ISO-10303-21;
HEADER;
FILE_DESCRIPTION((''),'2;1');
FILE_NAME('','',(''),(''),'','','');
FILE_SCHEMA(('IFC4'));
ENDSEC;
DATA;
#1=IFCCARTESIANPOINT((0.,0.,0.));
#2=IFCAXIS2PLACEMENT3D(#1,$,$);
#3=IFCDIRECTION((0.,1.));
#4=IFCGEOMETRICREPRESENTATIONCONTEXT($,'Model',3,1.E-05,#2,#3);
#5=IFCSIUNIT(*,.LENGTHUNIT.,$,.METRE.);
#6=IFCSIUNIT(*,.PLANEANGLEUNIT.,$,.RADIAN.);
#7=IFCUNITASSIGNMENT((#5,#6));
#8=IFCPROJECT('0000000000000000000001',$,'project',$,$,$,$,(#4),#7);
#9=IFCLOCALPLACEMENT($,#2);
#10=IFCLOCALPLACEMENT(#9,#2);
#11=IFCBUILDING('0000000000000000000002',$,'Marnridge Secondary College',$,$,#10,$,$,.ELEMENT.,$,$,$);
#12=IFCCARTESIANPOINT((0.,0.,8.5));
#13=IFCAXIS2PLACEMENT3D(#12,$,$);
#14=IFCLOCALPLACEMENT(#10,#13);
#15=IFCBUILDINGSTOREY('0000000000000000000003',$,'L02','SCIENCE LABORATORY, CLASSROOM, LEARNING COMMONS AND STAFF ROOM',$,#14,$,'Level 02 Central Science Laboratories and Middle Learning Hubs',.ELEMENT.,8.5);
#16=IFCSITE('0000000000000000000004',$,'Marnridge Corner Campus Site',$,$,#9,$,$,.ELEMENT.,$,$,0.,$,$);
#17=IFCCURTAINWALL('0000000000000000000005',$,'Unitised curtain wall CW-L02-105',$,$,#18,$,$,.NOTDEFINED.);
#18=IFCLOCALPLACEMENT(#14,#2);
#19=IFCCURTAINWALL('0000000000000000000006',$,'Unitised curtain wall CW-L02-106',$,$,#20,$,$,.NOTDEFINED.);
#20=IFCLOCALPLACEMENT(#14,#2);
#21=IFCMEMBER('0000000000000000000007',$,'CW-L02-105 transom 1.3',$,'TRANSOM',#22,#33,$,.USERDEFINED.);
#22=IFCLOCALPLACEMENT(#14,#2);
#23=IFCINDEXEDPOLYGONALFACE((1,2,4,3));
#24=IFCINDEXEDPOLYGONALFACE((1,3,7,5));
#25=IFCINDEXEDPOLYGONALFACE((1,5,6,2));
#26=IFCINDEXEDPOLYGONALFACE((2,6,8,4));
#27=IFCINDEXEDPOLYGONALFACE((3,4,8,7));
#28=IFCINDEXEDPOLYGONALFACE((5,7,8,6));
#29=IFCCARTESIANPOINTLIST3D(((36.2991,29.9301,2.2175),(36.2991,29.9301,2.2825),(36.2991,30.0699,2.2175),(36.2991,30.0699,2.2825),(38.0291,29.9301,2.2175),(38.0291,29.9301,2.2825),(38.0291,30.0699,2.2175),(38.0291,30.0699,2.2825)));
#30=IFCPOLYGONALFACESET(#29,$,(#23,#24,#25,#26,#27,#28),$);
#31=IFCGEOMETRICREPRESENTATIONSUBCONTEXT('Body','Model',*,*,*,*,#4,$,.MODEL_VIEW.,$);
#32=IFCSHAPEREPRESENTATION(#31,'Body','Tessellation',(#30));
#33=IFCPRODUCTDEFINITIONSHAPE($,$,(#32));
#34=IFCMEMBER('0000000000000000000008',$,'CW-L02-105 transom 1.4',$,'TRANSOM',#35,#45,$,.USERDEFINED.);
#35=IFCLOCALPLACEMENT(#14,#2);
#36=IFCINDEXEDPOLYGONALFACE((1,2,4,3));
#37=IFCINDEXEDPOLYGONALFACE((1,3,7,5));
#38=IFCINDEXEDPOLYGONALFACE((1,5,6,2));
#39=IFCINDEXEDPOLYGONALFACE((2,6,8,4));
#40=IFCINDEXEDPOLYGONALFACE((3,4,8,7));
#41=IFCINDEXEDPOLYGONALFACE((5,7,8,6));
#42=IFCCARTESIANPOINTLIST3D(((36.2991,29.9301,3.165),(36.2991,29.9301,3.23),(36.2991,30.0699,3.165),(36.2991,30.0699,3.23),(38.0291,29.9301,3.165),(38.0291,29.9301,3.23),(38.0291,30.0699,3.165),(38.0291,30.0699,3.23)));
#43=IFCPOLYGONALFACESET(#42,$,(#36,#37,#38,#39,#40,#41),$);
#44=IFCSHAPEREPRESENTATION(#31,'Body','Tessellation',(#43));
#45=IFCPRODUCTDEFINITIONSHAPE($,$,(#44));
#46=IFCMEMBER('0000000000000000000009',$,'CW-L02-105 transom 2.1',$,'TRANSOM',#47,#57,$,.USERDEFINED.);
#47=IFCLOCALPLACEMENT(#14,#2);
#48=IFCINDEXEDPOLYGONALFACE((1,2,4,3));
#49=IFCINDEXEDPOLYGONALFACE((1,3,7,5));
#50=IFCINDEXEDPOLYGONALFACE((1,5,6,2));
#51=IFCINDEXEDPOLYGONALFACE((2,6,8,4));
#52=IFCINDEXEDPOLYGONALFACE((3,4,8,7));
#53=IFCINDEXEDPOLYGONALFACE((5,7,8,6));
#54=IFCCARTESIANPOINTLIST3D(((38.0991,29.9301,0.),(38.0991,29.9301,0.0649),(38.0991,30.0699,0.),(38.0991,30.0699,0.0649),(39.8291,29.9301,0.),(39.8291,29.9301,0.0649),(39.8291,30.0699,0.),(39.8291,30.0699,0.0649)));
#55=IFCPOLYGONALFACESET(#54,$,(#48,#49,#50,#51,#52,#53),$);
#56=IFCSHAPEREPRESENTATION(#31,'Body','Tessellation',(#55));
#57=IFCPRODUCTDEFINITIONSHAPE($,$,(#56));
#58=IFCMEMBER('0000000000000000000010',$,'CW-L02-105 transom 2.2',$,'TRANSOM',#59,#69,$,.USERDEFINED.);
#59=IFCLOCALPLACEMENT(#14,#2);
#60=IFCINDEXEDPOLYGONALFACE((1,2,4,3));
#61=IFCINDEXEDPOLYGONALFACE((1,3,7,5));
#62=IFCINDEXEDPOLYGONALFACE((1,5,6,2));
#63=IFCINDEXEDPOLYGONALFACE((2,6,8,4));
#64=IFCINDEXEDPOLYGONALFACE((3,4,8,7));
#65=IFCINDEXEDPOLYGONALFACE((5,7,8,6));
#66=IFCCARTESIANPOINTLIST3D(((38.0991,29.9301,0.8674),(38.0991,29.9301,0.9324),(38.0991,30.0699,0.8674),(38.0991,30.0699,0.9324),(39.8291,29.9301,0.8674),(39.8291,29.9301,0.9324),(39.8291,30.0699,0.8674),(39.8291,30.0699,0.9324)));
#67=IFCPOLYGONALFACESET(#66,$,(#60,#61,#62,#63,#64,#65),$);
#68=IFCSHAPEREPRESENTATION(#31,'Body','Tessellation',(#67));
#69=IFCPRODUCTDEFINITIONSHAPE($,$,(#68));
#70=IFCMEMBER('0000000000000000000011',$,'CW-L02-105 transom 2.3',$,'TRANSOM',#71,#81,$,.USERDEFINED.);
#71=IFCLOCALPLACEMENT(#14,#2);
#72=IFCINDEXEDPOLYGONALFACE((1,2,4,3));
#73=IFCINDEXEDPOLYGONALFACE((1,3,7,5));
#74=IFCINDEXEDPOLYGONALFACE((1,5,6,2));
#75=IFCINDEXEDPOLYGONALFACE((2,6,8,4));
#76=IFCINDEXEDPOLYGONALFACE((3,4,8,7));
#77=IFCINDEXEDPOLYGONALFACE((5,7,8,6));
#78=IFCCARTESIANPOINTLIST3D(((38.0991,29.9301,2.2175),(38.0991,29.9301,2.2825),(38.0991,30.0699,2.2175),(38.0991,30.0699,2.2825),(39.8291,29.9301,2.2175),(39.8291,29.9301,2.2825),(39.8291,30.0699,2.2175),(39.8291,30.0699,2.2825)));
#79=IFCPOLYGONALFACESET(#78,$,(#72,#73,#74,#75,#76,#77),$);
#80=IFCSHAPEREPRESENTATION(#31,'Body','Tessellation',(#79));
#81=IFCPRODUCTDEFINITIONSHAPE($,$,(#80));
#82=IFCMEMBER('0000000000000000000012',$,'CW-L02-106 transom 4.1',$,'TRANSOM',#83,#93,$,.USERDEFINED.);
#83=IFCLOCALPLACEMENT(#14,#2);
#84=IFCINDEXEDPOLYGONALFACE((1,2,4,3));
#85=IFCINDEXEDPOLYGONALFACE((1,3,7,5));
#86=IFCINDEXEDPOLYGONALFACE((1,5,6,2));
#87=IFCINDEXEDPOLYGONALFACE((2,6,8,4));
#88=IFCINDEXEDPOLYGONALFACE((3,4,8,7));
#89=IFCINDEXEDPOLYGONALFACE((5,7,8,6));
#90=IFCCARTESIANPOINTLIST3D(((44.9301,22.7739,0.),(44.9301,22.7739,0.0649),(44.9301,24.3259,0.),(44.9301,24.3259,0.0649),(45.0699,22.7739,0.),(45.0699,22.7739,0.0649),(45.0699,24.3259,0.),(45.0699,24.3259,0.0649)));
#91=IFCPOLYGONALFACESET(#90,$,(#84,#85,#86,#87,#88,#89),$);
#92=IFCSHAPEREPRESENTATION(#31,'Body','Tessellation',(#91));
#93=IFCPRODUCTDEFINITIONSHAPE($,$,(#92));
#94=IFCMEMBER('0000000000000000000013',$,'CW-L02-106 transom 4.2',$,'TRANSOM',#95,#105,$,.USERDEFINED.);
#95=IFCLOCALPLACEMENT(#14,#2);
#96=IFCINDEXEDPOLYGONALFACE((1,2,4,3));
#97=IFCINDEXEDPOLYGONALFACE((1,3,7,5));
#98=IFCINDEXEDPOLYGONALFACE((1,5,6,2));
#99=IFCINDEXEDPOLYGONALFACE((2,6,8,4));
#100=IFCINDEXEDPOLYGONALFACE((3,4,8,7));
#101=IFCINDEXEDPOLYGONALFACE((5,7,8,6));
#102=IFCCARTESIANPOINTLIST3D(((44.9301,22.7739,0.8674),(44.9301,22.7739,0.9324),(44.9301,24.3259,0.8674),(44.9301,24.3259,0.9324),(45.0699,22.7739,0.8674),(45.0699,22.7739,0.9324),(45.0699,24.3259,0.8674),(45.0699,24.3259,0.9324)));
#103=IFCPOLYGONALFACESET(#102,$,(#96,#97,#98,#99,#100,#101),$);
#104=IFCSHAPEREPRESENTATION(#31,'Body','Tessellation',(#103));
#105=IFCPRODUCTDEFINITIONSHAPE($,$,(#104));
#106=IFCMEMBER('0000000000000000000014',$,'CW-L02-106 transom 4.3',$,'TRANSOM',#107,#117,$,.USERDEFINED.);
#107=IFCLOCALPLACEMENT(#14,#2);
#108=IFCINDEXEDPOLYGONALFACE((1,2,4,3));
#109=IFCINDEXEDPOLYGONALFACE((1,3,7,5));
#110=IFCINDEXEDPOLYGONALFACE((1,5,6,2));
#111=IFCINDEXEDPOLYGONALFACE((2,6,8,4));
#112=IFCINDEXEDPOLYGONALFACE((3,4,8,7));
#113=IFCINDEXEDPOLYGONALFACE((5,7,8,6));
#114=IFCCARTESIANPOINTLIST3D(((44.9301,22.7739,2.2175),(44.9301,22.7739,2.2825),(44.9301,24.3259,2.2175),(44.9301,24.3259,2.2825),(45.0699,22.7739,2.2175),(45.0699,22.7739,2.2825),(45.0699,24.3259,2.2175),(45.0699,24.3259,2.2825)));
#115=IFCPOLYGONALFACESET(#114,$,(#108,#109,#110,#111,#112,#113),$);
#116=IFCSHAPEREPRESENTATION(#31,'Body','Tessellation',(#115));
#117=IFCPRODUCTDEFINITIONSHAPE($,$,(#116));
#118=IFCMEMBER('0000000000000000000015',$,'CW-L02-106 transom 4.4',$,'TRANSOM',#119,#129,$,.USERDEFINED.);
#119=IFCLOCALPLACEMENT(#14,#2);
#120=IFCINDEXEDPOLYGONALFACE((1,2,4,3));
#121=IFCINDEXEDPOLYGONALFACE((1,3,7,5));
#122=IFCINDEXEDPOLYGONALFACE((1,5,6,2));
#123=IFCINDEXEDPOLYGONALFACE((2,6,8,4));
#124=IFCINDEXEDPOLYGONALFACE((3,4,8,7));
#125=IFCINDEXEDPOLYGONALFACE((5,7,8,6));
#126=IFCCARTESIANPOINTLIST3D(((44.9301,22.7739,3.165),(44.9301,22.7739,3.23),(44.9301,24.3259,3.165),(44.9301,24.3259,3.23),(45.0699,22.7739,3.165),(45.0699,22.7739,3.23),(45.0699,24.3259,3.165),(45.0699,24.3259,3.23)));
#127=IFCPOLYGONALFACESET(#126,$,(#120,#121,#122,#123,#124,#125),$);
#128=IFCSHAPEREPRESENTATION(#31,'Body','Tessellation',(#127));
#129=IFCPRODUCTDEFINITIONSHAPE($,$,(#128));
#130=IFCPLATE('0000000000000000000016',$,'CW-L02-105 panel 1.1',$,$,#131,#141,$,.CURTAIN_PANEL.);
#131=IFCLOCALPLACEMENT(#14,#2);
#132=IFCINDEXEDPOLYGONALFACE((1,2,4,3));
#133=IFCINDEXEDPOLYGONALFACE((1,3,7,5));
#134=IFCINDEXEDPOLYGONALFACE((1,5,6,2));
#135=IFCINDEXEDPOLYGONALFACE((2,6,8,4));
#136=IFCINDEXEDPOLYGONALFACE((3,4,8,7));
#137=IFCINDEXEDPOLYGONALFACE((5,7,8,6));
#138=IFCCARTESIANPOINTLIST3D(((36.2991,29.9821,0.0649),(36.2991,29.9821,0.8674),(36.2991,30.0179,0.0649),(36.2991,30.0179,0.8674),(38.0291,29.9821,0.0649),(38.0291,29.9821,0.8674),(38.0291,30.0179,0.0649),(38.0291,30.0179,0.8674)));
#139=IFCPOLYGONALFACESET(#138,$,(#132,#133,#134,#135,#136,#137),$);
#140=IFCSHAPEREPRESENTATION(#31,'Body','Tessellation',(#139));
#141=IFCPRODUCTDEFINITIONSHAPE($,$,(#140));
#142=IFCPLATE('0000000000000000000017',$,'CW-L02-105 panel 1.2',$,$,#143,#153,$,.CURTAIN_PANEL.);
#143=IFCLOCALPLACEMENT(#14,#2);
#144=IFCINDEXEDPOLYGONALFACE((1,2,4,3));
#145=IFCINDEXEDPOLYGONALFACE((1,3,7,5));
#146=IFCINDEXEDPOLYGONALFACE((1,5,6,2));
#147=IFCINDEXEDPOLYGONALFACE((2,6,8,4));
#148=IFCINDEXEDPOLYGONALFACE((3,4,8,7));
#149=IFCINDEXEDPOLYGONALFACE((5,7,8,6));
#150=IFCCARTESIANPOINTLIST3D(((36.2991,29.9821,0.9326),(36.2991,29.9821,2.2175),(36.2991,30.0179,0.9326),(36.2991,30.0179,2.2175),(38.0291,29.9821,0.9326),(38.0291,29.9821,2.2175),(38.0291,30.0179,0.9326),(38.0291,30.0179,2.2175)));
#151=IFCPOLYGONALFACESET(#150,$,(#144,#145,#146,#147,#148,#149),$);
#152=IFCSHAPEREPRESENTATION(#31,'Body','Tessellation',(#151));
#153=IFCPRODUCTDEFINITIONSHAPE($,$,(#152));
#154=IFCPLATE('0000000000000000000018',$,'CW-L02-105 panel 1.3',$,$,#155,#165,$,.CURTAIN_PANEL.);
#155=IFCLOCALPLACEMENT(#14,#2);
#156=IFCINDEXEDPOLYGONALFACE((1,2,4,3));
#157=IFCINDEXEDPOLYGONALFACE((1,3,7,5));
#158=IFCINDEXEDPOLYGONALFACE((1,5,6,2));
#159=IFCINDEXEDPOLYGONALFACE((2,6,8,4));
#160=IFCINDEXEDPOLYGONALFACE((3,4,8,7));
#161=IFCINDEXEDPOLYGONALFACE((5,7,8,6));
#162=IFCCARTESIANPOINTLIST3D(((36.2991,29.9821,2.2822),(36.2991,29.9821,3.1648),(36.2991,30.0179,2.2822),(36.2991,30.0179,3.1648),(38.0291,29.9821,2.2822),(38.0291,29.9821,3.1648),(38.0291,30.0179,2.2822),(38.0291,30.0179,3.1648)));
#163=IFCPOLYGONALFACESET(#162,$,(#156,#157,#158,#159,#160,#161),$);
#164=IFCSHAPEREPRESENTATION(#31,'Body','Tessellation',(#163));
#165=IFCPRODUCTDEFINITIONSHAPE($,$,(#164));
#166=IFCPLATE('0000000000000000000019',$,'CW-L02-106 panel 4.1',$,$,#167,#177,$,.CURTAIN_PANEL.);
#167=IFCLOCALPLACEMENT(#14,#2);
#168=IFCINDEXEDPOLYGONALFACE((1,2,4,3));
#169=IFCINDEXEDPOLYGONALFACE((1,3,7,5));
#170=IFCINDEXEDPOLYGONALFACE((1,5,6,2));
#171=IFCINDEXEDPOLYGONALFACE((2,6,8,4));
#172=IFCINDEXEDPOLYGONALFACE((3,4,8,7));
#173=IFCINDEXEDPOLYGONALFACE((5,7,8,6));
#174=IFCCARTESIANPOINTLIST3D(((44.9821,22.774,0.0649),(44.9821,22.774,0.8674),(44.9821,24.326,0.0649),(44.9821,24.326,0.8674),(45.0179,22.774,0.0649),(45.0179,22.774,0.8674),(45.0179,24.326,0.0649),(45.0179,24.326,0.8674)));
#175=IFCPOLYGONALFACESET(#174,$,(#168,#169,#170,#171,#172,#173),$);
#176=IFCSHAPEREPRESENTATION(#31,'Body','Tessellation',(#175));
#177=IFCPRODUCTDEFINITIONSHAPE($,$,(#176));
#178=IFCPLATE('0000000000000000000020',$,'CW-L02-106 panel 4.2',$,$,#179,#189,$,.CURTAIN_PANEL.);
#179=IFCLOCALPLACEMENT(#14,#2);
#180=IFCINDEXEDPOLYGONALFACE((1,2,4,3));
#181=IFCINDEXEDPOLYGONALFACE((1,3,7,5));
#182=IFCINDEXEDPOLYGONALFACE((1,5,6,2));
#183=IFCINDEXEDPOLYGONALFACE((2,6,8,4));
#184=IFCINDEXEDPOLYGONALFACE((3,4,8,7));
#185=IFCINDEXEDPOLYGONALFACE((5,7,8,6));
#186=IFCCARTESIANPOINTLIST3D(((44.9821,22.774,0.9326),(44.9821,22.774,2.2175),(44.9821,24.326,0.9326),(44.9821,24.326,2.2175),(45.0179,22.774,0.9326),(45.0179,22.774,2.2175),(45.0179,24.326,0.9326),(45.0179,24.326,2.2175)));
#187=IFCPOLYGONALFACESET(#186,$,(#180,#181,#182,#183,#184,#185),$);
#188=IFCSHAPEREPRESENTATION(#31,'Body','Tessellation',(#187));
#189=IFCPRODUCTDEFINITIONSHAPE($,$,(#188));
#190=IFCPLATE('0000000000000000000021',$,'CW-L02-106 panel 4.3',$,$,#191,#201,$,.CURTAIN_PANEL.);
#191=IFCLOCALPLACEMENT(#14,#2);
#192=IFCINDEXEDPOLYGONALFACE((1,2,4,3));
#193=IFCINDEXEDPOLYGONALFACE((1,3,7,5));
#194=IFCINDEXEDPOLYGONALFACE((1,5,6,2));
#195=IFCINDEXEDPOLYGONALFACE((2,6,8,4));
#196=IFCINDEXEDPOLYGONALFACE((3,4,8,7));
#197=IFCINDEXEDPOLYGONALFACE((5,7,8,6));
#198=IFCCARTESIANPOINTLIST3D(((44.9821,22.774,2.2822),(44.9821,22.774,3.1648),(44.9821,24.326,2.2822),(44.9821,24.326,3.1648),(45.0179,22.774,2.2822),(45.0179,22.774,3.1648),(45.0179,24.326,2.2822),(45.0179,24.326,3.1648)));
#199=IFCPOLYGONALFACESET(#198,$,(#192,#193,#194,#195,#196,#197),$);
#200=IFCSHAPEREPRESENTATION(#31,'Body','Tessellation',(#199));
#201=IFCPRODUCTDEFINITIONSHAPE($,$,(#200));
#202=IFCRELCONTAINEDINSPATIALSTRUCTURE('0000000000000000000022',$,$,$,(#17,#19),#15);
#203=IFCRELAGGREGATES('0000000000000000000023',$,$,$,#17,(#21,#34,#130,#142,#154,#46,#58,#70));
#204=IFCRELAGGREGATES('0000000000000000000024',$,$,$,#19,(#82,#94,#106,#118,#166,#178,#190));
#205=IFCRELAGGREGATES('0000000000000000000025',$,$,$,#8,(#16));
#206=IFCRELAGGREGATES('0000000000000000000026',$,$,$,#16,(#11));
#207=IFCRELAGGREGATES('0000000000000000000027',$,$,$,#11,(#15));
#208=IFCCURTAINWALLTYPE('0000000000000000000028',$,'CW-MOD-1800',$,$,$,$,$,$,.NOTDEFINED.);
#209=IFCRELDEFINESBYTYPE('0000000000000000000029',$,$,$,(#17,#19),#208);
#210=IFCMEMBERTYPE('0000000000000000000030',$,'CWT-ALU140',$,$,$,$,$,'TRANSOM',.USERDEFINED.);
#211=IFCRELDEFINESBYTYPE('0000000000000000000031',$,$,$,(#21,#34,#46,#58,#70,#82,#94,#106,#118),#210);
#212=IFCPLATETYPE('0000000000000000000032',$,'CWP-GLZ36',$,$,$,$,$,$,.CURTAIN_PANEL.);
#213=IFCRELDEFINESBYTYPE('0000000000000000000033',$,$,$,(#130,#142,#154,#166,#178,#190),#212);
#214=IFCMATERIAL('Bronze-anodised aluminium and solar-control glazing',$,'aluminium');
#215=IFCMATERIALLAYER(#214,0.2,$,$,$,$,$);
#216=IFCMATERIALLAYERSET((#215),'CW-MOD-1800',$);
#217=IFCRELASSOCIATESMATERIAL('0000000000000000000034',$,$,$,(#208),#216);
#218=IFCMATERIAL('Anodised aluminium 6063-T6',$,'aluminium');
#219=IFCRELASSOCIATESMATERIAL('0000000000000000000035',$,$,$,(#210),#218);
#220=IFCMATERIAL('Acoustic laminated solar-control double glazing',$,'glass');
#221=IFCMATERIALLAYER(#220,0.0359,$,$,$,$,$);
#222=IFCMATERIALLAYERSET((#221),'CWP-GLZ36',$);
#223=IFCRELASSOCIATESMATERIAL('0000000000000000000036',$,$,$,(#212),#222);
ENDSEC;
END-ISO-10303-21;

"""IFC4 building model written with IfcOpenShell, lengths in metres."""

from ifc_helpers import new_model, si_unit, direction, frame, origin, origin_2d, place, context, subcontext, project, spatial, rectangle, extrude, material, layer, layer_set, material_profile, profile_set, type_object, element, aggregate, save


model = new_model("IFC4")

# Units and contexts
model_context = context("Model", 3, precision=1e-05, world=origin(), true_north=direction((0.0, 1.0)))
body_context = subcontext(model_context, "Body", "Model", "MODEL_VIEW")
ifc_project = project(units=[si_unit("LENGTHUNIT", "METRE"), si_unit("PLANEANGLEUNIT", "RADIAN")], contexts=[model_context])

# Site, building, storey
site_placement = place(None, origin())
site = spatial("IfcSite", under=ifc_project, at=site_placement, Name="Marnridge Corner Campus Site", CompositionType="ELEMENT", RefElevation=0.0)
building_placement = place(site_placement, origin())
building = spatial("IfcBuilding", under=site, at=building_placement, Name="Marnridge Secondary College", CompositionType="ELEMENT")
storey_placement = place(building_placement, frame((0.0, 0.0, 8.5)))
storey = spatial("IfcBuildingStorey", under=building, at=storey_placement, Name="L02", Description="SCIENCE LABORATORY, CLASSROOM, LEARNING COMMONS AND STAFF ROOM", LongName="Level 02 Central Science Laboratories and Middle Learning Hubs", CompositionType="ELEMENT", Elevation=8.5)

# Curtain wall
ifc_material_1 = material(Name="Bronze-anodised aluminium and solar-control glazing", Category="aluminium")
ifc_layer_1 = layer(ifc_material_1, 0.2)
ifc_layer_set_1 = layer_set([ifc_layer_1], Name="CW-MOD-1800")
curtain_wall_type = type_object("IfcCurtainWallType", Name="CW-MOD-1800", PredefinedType="NOTDEFINED", material=ifc_layer_set_1)
curtain_wall_1_placement = place(storey_placement, origin())
curtain_wall_1 = element("IfcCurtainWall", 1, at=curtain_wall_1_placement, inside=storey, type_object=curtain_wall_type, Name="Unitised curtain wall CW-L02-105", PredefinedType="NOTDEFINED")

# Curtain wall
curtain_wall_2_placement = place(storey_placement, origin())
curtain_wall_2 = element("IfcCurtainWall", 2, at=curtain_wall_2_placement, inside=storey, type_object=curtain_wall_type, Name="Unitised curtain wall CW-L02-106", PredefinedType="NOTDEFINED")

# Members
ifc_material_2 = material(Name="Anodised aluminium 6063-T6", Category="aluminium")
ifc_material_profile_1 = material_profile(ifc_material_2, rectangle(XDim=0.0649, YDim=0.1399, at=origin_2d()), Name="ALU 65x140")
ifc_profile_set_1 = profile_set([ifc_material_profile_1], Name="Anodised aluminium 6063-T6")
member_type_1 = type_object("IfcMemberType", Name="CWT-ALU140", ElementType="TRANSOM", PredefinedType="USERDEFINED", material=ifc_profile_set_1)
member_1_placement = place(storey_placement, frame((36.2991, 30.0, 2.25), z_axis=(1.0, 0.0, 0.0), x_axis=(0.0, 0.0, 1.0)))
member_1 = element("IfcMember", 3, at=member_1_placement, type_object=member_type_1, Name="CW-L02-105 transom 1.3", ObjectType="TRANSOM", PredefinedType="USERDEFINED", context=body_context, shape_type="SweptSolid", body=[
    extrude(rectangle(XDim=0.0649, YDim=0.1399, at=origin_2d()), origin(), (0.0, 0.0, 1.0), 1.73),
])
member_2_placement = place(storey_placement, frame((36.2991, 30.0, 3.1975), z_axis=(1.0, 0.0, 0.0), x_axis=(0.0, 0.0, 1.0)))
member_2 = element("IfcMember", 4, at=member_2_placement, type_object=member_type_1, Name="CW-L02-105 transom 1.4", ObjectType="TRANSOM", PredefinedType="USERDEFINED", context=body_context, shape_type="SweptSolid", body=[
    extrude(rectangle(XDim=0.0649, YDim=0.1399, at=origin_2d()), origin(), (0.0, 0.0, 1.0), 1.73),
])
member_3_placement = place(storey_placement, frame((38.0991, 30.0, 0.0325), z_axis=(1.0, 0.0, 0.0), x_axis=(0.0, 0.0, 1.0)))
member_3 = element("IfcMember", 5, at=member_3_placement, type_object=member_type_1, Name="CW-L02-105 transom 2.1", ObjectType="TRANSOM", PredefinedType="USERDEFINED", context=body_context, shape_type="SweptSolid", body=[
    extrude(rectangle(XDim=0.0649, YDim=0.1399, at=origin_2d()), origin(), (0.0, 0.0, 1.0), 1.73),
])
member_4_placement = place(storey_placement, frame((38.0991, 30.0, 0.8999), z_axis=(1.0, 0.0, 0.0), x_axis=(0.0, 0.0, 1.0)))
member_4 = element("IfcMember", 6, at=member_4_placement, type_object=member_type_1, Name="CW-L02-105 transom 2.2", ObjectType="TRANSOM", PredefinedType="USERDEFINED", context=body_context, shape_type="SweptSolid", body=[
    extrude(rectangle(XDim=0.0649, YDim=0.1399, at=origin_2d()), origin(), (0.0, 0.0, 1.0), 1.73),
])
member_5_placement = place(storey_placement, frame((38.0991, 30.0, 2.25), z_axis=(1.0, 0.0, 0.0), x_axis=(0.0, 0.0, 1.0)))
member_5 = element("IfcMember", 7, at=member_5_placement, type_object=member_type_1, Name="CW-L02-105 transom 2.3", ObjectType="TRANSOM", PredefinedType="USERDEFINED", context=body_context, shape_type="SweptSolid", body=[
    extrude(rectangle(XDim=0.0649, YDim=0.1399, at=origin_2d()), origin(), (0.0, 0.0, 1.0), 1.73),
])
member_6_placement = place(storey_placement, frame((45.0, 24.3259, 0.0325), z_axis=(0.0, -1.0, 0.0), x_axis=(0.0, 0.0, 1.0)))
member_6 = element("IfcMember", 8, at=member_6_placement, type_object=member_type_1, Name="CW-L02-106 transom 4.1", ObjectType="TRANSOM", PredefinedType="USERDEFINED", context=body_context, shape_type="SweptSolid", body=[
    extrude(rectangle(XDim=0.0649, YDim=0.1399, at=origin_2d()), origin(), (0.0, 0.0, 1.0), 1.552),
])
member_7_placement = place(storey_placement, frame((45.0, 24.3259, 0.8999), z_axis=(0.0, -1.0, 0.0), x_axis=(0.0, 0.0, 1.0)))
member_7 = element("IfcMember", 9, at=member_7_placement, type_object=member_type_1, Name="CW-L02-106 transom 4.2", ObjectType="TRANSOM", PredefinedType="USERDEFINED", context=body_context, shape_type="SweptSolid", body=[
    extrude(rectangle(XDim=0.0649, YDim=0.1399, at=origin_2d()), origin(), (0.0, 0.0, 1.0), 1.552),
])
member_8_placement = place(storey_placement, frame((45.0, 24.3259, 2.25), z_axis=(0.0, -1.0, 0.0), x_axis=(0.0, 0.0, 1.0)))
member_8 = element("IfcMember", 10, at=member_8_placement, type_object=member_type_1, Name="CW-L02-106 transom 4.3", ObjectType="TRANSOM", PredefinedType="USERDEFINED", context=body_context, shape_type="SweptSolid", body=[
    extrude(rectangle(XDim=0.0649, YDim=0.1399, at=origin_2d()), origin(), (0.0, 0.0, 1.0), 1.552),
])
member_9_placement = place(storey_placement, frame((45.0, 24.3259, 3.1975), z_axis=(0.0, -1.0, 0.0), x_axis=(0.0, 0.0, 1.0)))
member_9 = element("IfcMember", 11, at=member_9_placement, type_object=member_type_1, Name="CW-L02-106 transom 4.4", ObjectType="TRANSOM", PredefinedType="USERDEFINED", context=body_context, shape_type="SweptSolid", body=[
    extrude(rectangle(XDim=0.0649, YDim=0.1399, at=origin_2d()), origin(), (0.0, 0.0, 1.0), 1.552),
])

# Plates
ifc_material_3 = material(Name="Acoustic laminated solar-control double glazing", Category="glass")
ifc_layer_2 = layer(ifc_material_3, 0.0359)
ifc_layer_set_2 = layer_set([ifc_layer_2], Name="CWP-GLZ36")
plate_type = type_object("IfcPlateType", Name="CWP-GLZ36", PredefinedType="CURTAIN_PANEL", material=ifc_layer_set_2)
plate_1_placement = place(storey_placement, frame((37.1641, 30.0, 0.0649), z_axis=(0.0, 0.0, 1.0), x_axis=(1.0, 0.0, 0.0)))
plate_1 = element("IfcPlate", 12, at=plate_1_placement, type_object=plate_type, Name="CW-L02-105 panel 1.1", PredefinedType="CURTAIN_PANEL", context=body_context, shape_type="SweptSolid", body=[
    extrude(rectangle(XDim=1.73, YDim=0.0359, at=origin_2d()), origin(), (0.0, 0.0, 1.0), 0.8025),
])
plate_2_placement = place(storey_placement, frame((37.1641, 30.0, 0.9326), z_axis=(0.0, 0.0, 1.0), x_axis=(1.0, 0.0, 0.0)))
plate_2 = element("IfcPlate", 13, at=plate_2_placement, type_object=plate_type, Name="CW-L02-105 panel 1.2", PredefinedType="CURTAIN_PANEL", context=body_context, shape_type="SweptSolid", body=[
    extrude(rectangle(XDim=1.73, YDim=0.0359, at=origin_2d()), origin(), (0.0, 0.0, 1.0), 1.2849),
])
plate_3_placement = place(storey_placement, frame((37.1641, 30.0, 2.2822), z_axis=(0.0, 0.0, 1.0), x_axis=(1.0, 0.0, 0.0)))
plate_3 = element("IfcPlate", 14, at=plate_3_placement, type_object=plate_type, Name="CW-L02-105 panel 1.3", PredefinedType="CURTAIN_PANEL", context=body_context, shape_type="SweptSolid", body=[
    extrude(rectangle(XDim=1.73, YDim=0.0359, at=origin_2d()), origin(), (0.0, 0.0, 1.0), 0.8826),
])
aggregate(curtain_wall_1, [member_1, member_2, plate_1, plate_2, plate_3, member_3, member_4, member_5])
plate_4_placement = place(storey_placement, frame((45.0, 23.55, 0.0649), z_axis=(0.0, 0.0, 1.0), x_axis=(0.0, -1.0, 0.0)))
plate_4 = element("IfcPlate", 15, at=plate_4_placement, type_object=plate_type, Name="CW-L02-106 panel 4.1", PredefinedType="CURTAIN_PANEL", context=body_context, shape_type="SweptSolid", body=[
    extrude(rectangle(XDim=1.552, YDim=0.0359, at=origin_2d()), origin(), (0.0, 0.0, 1.0), 0.8025),
])
plate_5_placement = place(storey_placement, frame((45.0, 23.55, 0.9326), z_axis=(0.0, 0.0, 1.0), x_axis=(0.0, -1.0, 0.0)))
plate_5 = element("IfcPlate", 16, at=plate_5_placement, type_object=plate_type, Name="CW-L02-106 panel 4.2", PredefinedType="CURTAIN_PANEL", context=body_context, shape_type="SweptSolid", body=[
    extrude(rectangle(XDim=1.552, YDim=0.0359, at=origin_2d()), origin(), (0.0, 0.0, 1.0), 1.2849),
])
plate_6_placement = place(storey_placement, frame((45.0, 23.55, 2.2822), z_axis=(0.0, 0.0, 1.0), x_axis=(0.0, -1.0, 0.0)))
plate_6 = element("IfcPlate", 17, at=plate_6_placement, type_object=plate_type, Name="CW-L02-106 panel 4.3", PredefinedType="CURTAIN_PANEL", context=body_context, shape_type="SweptSolid", body=[
    extrude(rectangle(XDim=1.552, YDim=0.0359, at=origin_2d()), origin(), (0.0, 0.0, 1.0), 0.8826),
])
aggregate(curtain_wall_2, [member_6, member_7, member_8, member_9, plate_4, plate_5, plate_6])

save(model, "model.ifc")
